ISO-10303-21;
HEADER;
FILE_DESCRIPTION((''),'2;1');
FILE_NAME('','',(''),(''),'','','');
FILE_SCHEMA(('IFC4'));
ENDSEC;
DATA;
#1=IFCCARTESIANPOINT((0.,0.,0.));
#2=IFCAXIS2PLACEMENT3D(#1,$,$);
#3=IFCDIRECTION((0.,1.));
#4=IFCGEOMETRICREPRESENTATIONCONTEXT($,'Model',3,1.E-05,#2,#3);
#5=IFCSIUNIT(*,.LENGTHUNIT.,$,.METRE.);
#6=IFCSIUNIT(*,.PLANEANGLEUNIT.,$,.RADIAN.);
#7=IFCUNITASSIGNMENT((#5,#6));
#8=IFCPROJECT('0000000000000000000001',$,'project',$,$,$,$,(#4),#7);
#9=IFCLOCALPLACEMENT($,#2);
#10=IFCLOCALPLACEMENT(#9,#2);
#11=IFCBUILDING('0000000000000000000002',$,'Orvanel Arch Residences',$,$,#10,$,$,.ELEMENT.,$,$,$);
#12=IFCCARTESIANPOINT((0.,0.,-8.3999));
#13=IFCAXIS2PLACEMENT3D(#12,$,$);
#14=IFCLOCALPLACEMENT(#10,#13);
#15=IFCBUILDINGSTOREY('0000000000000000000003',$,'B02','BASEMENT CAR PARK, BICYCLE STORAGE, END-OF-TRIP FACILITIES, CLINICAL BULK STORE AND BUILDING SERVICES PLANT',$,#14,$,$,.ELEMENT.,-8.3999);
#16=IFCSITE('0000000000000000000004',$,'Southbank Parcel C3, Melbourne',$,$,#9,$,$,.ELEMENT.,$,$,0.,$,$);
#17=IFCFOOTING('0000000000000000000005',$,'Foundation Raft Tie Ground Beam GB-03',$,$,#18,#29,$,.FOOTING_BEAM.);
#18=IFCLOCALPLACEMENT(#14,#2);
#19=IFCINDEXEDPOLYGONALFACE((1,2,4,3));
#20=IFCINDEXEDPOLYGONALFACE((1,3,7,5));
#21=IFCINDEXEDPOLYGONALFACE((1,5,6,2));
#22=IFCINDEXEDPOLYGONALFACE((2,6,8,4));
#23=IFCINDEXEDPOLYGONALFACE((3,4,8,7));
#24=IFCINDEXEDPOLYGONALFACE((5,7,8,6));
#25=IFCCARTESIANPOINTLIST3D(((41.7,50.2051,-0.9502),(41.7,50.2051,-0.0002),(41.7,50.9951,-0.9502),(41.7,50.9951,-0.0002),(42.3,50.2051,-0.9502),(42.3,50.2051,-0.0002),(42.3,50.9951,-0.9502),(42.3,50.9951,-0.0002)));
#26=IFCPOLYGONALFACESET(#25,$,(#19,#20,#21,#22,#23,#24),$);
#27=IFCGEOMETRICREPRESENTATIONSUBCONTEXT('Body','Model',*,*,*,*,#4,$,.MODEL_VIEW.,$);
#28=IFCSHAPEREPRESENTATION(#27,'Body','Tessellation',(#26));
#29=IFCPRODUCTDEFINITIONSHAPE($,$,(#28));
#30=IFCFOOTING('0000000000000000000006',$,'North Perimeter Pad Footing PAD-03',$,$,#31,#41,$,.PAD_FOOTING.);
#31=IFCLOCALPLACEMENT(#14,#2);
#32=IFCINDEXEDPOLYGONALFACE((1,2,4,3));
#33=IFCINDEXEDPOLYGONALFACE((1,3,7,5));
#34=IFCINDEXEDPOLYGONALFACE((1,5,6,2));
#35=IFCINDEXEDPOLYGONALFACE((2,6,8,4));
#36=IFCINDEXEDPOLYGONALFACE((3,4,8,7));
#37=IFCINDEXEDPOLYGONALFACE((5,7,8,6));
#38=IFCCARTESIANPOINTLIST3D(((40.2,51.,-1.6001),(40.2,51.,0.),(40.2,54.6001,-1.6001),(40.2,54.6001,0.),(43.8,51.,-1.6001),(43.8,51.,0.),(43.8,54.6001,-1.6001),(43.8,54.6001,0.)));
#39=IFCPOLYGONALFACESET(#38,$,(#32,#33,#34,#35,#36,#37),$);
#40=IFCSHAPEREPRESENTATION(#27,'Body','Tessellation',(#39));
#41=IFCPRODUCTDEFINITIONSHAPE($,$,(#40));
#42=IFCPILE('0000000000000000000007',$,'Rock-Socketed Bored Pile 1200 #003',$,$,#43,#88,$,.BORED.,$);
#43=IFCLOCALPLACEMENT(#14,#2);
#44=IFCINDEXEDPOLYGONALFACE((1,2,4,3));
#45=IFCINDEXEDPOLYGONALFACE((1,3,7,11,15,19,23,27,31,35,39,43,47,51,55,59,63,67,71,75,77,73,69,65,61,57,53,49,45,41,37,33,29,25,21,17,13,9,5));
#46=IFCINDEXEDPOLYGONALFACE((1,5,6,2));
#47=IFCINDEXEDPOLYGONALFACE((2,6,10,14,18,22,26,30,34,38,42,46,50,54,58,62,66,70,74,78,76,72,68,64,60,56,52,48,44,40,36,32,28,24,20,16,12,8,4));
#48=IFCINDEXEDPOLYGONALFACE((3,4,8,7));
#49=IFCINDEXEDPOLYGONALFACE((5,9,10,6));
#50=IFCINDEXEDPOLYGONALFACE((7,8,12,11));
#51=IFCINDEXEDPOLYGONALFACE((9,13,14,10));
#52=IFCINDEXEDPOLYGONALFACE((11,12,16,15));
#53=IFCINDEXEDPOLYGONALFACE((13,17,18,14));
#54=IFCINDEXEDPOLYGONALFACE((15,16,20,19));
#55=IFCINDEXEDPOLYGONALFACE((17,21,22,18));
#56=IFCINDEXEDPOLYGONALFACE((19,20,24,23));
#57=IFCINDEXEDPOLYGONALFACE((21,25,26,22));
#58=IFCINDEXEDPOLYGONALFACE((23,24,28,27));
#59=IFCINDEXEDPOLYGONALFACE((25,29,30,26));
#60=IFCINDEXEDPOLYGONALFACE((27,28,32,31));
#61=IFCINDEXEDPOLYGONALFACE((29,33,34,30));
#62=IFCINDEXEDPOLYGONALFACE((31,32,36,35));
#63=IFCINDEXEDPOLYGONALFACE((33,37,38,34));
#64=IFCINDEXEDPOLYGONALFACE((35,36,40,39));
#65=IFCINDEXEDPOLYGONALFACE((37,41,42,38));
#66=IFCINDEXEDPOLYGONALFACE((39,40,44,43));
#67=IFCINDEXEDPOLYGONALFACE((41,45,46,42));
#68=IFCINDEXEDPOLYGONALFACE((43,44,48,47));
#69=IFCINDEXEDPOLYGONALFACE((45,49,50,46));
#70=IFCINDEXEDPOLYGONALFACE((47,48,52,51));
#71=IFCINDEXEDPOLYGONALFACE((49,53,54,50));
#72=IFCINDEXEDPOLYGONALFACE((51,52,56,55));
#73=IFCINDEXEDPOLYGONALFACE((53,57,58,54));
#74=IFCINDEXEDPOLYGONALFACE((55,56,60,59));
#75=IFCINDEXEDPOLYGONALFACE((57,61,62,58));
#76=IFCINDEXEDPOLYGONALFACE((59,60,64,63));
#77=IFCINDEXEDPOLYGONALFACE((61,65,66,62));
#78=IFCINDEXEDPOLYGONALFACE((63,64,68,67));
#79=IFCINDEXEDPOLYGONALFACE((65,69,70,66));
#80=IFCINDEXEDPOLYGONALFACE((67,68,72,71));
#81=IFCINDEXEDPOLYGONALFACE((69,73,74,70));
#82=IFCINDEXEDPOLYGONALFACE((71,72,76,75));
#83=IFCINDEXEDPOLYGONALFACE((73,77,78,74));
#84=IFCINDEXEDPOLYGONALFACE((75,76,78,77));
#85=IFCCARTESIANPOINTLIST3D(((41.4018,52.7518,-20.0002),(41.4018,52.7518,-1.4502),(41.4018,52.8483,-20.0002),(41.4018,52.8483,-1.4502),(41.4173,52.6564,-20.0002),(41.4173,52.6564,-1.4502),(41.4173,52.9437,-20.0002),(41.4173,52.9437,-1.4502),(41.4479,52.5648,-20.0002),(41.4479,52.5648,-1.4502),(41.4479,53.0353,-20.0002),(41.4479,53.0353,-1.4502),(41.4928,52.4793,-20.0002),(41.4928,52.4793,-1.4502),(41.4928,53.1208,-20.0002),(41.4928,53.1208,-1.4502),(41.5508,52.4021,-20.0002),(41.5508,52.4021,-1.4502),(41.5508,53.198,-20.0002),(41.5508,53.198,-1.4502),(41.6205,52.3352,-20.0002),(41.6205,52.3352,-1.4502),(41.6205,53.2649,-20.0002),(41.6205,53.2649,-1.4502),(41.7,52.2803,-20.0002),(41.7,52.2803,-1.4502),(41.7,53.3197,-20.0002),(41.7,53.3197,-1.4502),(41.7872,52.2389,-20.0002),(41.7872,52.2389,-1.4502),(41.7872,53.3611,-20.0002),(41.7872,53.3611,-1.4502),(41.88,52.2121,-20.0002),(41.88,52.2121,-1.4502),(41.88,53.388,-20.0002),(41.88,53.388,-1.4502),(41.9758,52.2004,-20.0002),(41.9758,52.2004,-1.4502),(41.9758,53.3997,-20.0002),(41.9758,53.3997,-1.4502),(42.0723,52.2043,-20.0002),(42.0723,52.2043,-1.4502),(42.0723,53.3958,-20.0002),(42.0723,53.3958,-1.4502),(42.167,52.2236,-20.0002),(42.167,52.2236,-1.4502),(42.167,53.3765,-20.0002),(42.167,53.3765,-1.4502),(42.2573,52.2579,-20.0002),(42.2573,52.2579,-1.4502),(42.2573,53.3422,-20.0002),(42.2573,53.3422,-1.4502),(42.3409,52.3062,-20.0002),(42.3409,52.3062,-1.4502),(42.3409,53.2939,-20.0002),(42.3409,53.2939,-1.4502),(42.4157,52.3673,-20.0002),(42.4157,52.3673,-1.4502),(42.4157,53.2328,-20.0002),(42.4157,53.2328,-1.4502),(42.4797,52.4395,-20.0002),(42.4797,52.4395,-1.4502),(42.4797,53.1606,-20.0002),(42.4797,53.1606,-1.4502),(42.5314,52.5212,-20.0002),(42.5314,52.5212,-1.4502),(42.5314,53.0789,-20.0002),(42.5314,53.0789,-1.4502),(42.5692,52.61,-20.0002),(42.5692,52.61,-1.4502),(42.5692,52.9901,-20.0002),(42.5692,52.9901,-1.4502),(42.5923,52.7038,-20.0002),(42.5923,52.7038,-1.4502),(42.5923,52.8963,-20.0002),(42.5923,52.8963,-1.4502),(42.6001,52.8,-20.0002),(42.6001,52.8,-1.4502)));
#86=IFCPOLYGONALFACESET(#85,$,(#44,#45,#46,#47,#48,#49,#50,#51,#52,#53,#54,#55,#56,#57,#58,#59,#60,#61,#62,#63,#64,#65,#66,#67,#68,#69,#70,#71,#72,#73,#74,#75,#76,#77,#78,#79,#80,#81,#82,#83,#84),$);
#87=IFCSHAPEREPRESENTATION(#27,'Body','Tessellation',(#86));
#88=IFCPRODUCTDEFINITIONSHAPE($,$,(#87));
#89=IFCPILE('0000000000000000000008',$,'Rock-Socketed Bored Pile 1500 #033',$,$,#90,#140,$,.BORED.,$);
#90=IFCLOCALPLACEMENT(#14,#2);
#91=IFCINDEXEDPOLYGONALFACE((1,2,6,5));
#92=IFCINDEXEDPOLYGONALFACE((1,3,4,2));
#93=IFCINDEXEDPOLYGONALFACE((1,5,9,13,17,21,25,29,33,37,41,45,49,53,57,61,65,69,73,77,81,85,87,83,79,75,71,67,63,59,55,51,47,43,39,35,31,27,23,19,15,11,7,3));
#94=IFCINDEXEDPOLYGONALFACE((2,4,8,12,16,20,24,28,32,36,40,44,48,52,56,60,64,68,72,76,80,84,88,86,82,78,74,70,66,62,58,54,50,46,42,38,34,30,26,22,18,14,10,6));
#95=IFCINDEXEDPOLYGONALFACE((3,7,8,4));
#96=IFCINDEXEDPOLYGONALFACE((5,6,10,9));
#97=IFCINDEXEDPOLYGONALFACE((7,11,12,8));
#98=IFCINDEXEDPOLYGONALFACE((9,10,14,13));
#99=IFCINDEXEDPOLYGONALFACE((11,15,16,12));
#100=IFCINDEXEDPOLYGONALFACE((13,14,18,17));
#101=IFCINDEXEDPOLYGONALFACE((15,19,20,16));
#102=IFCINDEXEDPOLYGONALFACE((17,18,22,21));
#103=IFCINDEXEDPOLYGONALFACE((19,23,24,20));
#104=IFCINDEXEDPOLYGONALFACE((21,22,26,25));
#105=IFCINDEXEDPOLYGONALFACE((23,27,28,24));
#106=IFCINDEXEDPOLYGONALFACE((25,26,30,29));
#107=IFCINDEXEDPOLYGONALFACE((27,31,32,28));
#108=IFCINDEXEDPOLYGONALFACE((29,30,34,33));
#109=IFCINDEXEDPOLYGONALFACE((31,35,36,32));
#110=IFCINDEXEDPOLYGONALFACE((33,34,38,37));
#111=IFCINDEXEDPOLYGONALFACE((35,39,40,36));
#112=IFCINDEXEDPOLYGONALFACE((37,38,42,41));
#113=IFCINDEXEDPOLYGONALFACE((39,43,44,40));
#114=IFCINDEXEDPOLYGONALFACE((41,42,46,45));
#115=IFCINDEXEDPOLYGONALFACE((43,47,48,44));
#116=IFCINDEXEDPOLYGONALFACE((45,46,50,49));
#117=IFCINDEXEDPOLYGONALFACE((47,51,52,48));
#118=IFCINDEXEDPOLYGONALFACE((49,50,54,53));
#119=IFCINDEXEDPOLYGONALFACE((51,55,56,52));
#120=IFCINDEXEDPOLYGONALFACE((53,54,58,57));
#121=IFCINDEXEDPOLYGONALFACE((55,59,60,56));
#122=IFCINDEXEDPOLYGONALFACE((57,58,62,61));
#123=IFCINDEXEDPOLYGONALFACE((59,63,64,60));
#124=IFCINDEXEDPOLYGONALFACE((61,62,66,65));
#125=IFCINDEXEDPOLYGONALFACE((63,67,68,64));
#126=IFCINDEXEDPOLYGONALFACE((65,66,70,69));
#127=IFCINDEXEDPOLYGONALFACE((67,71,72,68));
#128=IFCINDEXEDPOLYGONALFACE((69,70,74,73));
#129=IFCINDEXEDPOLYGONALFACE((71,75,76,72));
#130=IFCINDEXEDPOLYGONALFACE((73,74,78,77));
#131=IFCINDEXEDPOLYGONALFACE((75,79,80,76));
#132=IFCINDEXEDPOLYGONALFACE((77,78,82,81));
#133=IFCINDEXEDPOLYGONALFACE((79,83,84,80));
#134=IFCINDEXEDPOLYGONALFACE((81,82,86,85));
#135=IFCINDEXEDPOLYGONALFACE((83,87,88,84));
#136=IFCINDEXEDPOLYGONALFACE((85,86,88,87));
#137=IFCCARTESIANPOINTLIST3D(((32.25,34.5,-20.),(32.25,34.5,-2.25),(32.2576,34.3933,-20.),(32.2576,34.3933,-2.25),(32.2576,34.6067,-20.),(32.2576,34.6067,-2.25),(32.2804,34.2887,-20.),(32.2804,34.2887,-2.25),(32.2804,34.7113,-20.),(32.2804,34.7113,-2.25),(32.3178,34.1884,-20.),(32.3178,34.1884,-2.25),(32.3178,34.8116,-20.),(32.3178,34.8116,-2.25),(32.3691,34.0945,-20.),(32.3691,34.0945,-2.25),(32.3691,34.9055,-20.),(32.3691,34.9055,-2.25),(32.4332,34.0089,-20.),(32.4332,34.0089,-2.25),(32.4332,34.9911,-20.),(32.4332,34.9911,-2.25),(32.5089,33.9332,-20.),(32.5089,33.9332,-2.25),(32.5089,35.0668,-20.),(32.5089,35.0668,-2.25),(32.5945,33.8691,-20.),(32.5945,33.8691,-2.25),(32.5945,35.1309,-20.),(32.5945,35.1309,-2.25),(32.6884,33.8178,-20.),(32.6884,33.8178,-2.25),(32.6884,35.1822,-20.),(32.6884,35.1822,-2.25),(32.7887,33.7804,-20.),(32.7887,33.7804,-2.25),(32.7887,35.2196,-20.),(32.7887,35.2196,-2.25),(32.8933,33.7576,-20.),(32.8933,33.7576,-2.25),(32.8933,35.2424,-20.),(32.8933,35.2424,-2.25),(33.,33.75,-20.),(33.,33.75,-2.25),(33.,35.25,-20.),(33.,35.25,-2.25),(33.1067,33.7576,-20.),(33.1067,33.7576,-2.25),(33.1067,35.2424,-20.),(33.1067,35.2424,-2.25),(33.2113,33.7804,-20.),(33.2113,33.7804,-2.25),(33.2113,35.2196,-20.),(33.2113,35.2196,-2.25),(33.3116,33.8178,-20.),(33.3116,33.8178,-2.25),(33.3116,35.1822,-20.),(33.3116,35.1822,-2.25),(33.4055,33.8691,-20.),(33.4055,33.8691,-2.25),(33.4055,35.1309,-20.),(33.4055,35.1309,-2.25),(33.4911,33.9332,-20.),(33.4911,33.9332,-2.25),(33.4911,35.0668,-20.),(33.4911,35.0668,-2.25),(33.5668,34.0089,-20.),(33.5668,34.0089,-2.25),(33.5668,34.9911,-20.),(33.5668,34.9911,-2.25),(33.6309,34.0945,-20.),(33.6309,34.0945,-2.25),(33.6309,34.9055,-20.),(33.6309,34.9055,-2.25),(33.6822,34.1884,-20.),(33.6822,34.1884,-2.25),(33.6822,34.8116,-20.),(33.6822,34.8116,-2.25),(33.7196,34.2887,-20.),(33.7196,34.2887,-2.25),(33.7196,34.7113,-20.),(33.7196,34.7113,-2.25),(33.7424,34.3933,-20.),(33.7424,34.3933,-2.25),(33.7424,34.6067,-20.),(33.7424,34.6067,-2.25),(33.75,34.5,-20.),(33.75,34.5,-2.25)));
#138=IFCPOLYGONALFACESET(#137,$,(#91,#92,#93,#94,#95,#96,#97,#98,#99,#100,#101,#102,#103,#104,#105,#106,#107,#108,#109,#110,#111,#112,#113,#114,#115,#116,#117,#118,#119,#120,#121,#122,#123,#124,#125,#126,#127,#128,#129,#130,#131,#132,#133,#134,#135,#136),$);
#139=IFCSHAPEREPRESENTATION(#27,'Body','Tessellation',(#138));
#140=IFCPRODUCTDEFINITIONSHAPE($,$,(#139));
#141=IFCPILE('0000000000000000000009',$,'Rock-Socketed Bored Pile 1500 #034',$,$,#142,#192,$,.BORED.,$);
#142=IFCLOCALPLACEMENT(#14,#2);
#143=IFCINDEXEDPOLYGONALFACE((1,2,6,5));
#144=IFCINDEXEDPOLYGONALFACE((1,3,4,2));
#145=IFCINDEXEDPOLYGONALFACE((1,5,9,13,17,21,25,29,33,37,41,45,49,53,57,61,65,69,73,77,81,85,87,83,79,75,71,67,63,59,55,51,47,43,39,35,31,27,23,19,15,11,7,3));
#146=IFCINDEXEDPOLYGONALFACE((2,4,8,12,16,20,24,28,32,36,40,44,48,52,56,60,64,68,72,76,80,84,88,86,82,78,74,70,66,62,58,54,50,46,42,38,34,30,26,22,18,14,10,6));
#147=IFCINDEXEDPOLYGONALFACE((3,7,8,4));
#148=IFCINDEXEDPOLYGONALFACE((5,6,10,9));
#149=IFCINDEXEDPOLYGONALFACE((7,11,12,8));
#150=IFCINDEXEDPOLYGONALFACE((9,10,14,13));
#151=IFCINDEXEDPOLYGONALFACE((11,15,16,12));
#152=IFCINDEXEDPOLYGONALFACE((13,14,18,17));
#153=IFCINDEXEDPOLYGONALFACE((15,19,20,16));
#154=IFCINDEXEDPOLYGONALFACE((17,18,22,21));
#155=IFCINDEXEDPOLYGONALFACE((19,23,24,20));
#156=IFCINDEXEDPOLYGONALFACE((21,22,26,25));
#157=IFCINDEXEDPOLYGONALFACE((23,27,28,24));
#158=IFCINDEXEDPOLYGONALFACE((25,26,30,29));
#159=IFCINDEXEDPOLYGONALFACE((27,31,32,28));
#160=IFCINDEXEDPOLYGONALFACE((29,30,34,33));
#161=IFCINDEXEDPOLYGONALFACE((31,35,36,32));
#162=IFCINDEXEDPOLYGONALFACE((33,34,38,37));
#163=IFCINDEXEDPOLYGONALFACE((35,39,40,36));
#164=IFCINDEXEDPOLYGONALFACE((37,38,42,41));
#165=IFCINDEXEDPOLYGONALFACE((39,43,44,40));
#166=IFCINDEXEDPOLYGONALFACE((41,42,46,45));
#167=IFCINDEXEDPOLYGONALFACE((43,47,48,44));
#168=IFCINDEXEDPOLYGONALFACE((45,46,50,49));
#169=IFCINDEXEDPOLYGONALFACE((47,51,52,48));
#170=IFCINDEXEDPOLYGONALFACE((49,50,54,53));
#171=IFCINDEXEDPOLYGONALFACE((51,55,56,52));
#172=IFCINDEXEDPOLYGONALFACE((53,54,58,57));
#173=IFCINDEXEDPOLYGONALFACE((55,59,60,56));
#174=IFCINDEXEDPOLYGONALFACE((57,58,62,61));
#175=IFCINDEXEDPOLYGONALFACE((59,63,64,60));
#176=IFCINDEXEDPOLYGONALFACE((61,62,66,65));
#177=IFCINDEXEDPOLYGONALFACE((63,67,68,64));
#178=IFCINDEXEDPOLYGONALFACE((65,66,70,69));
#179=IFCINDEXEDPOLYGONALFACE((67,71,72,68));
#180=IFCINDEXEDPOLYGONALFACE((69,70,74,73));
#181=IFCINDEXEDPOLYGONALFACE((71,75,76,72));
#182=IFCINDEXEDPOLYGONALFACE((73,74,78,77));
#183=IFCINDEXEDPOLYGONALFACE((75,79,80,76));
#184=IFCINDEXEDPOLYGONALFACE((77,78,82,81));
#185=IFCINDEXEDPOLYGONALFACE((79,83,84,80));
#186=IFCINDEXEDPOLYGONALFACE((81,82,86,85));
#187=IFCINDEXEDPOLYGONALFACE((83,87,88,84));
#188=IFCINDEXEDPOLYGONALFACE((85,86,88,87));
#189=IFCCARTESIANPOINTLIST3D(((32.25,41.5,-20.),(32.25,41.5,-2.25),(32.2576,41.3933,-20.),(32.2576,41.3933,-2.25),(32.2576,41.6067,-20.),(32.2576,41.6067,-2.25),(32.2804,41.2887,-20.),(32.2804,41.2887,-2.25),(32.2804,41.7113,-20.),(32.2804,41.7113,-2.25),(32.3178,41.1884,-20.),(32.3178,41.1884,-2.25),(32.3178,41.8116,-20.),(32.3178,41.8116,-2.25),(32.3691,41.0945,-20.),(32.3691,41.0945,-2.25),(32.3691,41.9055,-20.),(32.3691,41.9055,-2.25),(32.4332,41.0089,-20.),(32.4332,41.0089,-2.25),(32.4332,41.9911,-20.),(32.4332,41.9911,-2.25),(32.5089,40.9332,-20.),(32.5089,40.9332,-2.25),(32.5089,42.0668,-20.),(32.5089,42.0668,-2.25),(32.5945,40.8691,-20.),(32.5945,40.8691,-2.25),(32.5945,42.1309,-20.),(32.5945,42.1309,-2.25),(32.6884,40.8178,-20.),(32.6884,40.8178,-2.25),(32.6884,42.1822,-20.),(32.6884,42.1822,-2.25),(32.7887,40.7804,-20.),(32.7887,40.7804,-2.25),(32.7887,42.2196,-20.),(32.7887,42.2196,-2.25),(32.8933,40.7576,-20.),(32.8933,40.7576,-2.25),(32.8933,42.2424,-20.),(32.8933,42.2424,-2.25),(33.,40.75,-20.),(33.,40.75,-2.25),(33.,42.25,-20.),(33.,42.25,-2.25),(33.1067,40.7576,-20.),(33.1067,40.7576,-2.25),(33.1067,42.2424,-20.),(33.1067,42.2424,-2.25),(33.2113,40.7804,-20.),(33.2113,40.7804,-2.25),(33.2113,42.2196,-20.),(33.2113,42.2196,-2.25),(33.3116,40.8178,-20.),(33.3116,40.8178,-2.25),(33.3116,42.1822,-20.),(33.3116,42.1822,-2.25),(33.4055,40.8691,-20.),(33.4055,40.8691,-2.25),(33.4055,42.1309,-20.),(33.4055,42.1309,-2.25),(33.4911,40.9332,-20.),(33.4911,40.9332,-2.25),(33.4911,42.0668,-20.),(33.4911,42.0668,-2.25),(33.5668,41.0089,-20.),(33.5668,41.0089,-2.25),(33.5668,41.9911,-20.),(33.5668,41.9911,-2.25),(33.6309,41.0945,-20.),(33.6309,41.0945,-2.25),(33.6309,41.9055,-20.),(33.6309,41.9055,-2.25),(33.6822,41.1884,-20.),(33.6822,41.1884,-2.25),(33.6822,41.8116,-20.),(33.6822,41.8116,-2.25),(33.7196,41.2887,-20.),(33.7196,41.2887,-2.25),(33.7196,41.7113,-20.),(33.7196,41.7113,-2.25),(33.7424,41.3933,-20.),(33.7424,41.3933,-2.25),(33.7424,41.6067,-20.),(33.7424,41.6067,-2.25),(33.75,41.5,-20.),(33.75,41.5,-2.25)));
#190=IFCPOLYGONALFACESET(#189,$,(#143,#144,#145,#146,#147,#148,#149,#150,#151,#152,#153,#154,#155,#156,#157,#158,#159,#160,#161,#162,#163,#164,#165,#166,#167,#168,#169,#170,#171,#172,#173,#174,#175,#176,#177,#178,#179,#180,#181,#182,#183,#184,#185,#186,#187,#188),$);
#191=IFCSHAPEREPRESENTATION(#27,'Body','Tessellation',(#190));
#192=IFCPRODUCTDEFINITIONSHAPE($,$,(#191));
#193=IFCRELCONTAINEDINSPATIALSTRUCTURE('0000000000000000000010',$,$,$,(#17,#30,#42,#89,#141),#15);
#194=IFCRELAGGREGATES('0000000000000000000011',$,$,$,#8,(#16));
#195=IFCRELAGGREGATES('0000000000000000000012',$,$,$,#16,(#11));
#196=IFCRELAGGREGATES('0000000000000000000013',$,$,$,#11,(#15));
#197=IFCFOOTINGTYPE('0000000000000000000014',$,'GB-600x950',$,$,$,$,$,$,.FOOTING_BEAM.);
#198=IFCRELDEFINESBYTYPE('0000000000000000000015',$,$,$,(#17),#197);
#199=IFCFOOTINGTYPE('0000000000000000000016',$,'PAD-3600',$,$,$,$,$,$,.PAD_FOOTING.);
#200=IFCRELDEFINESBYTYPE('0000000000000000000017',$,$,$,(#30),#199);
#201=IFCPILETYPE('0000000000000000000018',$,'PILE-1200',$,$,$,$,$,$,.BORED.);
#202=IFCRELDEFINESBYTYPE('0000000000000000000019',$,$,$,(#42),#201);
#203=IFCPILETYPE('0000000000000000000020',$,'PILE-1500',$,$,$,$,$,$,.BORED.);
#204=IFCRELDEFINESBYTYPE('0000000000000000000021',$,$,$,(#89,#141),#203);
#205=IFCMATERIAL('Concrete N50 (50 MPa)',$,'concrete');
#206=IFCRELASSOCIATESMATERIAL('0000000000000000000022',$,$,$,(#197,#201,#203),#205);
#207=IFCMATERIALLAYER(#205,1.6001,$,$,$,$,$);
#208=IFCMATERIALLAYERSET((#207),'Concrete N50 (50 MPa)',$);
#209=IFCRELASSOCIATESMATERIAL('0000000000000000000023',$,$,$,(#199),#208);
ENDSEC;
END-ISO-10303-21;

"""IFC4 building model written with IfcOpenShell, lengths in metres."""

from ifc_helpers import new_model, si_unit, direction, frame, origin, origin_2d, place, context, subcontext, project, spatial, rectangle, circle, extrude, material, layer, layer_set, material_profile, profile_set, type_object, element, save


model = new_model("IFC4")

# Units and contexts
model_context = context("Model", 3, precision=1e-05, world=origin(), true_north=direction((0.0, 1.0)))
body_context = subcontext(model_context, "Body", "Model", "MODEL_VIEW")
ifc_project = project(units=[si_unit("LENGTHUNIT", "METRE"), si_unit("PLANEANGLEUNIT", "RADIAN")], contexts=[model_context])

# Site, building, storey
site_placement = place(None, origin())
site = spatial("IfcSite", under=ifc_project, at=site_placement, Name="Southbank Parcel C3, Melbourne", CompositionType="ELEMENT", RefElevation=0.0)
building_placement = place(site_placement, origin())
building = spatial("IfcBuilding", under=site, at=building_placement, Name="Orvanel Arch Residences", CompositionType="ELEMENT")
storey_placement = place(building_placement, frame((0.0, 0.0, -8.3999)))
storey = spatial("IfcBuildingStorey", under=building, at=storey_placement, Name="B02", Description="BASEMENT CAR PARK, BICYCLE STORAGE, END-OF-TRIP FACILITIES, CLINICAL BULK STORE AND BUILDING SERVICES PLANT", CompositionType="ELEMENT", Elevation=-8.3999)

# Footings
ifc_material_1 = material(Name="Concrete N50 (50 MPa)", Category="concrete")
ifc_material_profile_1 = material_profile(ifc_material_1, rectangle(XDim=0.6001, YDim=0.95, at=origin_2d()), Name="RC600x950")
ifc_profile_set_1 = profile_set([ifc_material_profile_1], Name="Concrete N50 (50 MPa)")
footing_type_1 = type_object("IfcFootingType", Name="GB-600x950", PredefinedType="FOOTING_BEAM", material=ifc_profile_set_1)
footing_1_placement = place(storey_placement, frame((42.0, 50.6001, -0.9502), z_axis=(0.0, 0.0, 1.0), x_axis=(1.0, 0.0, 0.0)))
element("IfcFooting", 1, at=footing_1_placement, inside=storey, type_object=footing_type_1, Name="Foundation Raft Tie Ground Beam GB-03", PredefinedType="FOOTING_BEAM", context=body_context, shape_type="SweptSolid", body=[
    extrude(rectangle(XDim=0.6001, YDim=0.79, at=origin_2d()), origin(), (0.0, 0.0, 1.0), 0.95),
])
ifc_layer_1 = layer(ifc_material_1, 1.6001)
ifc_layer_set_1 = layer_set([ifc_layer_1], Name="Concrete N50 (50 MPa)")
footing_type_2 = type_object("IfcFootingType", Name="PAD-3600", PredefinedType="PAD_FOOTING", material=ifc_layer_set_1)
footing_2_placement = place(storey_placement, frame((42.0, 52.8, -1.6001), z_axis=(0.0, 0.0, 1.0), x_axis=(1.0, 0.0, 0.0)))
element("IfcFooting", 2, at=footing_2_placement, inside=storey, type_object=footing_type_2, Name="North Perimeter Pad Footing PAD-03", PredefinedType="PAD_FOOTING", context=body_context, shape_type="SweptSolid", body=[
    extrude(rectangle(XDim=3.6001, YDim=3.6001, at=origin_2d()), origin(), (0.0, 0.0, 1.0), 1.6001),
])

# Piles
ifc_material_profile_2 = material_profile(ifc_material_1, circle(Radius=0.6001, at=origin_2d()), Name="PILE1200")
ifc_profile_set_2 = profile_set([ifc_material_profile_2], Name="Concrete N50 (50 MPa)")
pile_type_1 = type_object("IfcPileType", Name="PILE-1200", PredefinedType="BORED", material=ifc_profile_set_2)
pile_placement = place(storey_placement, frame((42.0, 52.8, -1.4502), z_axis=(0.0, 0.0, -1.0), x_axis=(1.0, 0.0, 0.0)))
element("IfcPile", 3, at=pile_placement, inside=storey, type_object=pile_type_1, Name="Rock-Socketed Bored Pile 1200 #003", PredefinedType="BORED", context=body_context, shape_type="SweptSolid", body=[
    extrude(circle(Radius=0.6001, at=origin_2d()), origin(), (0.0, 0.0, 1.0), 18.55),
])
ifc_material_profile_3 = material_profile(ifc_material_1, circle(Radius=0.75, at=origin_2d()), Name="PILE1500")
ifc_profile_set_3 = profile_set([ifc_material_profile_3], Name="Concrete N50 (50 MPa)")
pile_type_2 = type_object("IfcPileType", Name="PILE-1500", PredefinedType="BORED", material=ifc_profile_set_3)
for number, where, z_axis, x_axis, name in (
    (4, (33.0, 34.5, -2.25), (0.0, 0.0, -1.0), (1.0, 0.0, 0.0), "Rock-Socketed Bored Pile 1500 #033"),
    (5, (33.0, 41.5, -2.25), (0.0, 0.0, -1.0), (1.0, 0.0, 0.0), "Rock-Socketed Bored Pile 1500 #034"),
):
    element("IfcPile", number, at=place(storey_placement, frame(where, z_axis=z_axis, x_axis=x_axis)), inside=storey, type_object=pile_type_2, Name=name, PredefinedType="BORED", context=body_context, shape_type="SweptSolid", body=[
        extrude(circle(Radius=0.75, at=origin_2d()), origin(), (0.0, 0.0, 1.0), 17.75),
    ])

save(model, "model.ifc")
